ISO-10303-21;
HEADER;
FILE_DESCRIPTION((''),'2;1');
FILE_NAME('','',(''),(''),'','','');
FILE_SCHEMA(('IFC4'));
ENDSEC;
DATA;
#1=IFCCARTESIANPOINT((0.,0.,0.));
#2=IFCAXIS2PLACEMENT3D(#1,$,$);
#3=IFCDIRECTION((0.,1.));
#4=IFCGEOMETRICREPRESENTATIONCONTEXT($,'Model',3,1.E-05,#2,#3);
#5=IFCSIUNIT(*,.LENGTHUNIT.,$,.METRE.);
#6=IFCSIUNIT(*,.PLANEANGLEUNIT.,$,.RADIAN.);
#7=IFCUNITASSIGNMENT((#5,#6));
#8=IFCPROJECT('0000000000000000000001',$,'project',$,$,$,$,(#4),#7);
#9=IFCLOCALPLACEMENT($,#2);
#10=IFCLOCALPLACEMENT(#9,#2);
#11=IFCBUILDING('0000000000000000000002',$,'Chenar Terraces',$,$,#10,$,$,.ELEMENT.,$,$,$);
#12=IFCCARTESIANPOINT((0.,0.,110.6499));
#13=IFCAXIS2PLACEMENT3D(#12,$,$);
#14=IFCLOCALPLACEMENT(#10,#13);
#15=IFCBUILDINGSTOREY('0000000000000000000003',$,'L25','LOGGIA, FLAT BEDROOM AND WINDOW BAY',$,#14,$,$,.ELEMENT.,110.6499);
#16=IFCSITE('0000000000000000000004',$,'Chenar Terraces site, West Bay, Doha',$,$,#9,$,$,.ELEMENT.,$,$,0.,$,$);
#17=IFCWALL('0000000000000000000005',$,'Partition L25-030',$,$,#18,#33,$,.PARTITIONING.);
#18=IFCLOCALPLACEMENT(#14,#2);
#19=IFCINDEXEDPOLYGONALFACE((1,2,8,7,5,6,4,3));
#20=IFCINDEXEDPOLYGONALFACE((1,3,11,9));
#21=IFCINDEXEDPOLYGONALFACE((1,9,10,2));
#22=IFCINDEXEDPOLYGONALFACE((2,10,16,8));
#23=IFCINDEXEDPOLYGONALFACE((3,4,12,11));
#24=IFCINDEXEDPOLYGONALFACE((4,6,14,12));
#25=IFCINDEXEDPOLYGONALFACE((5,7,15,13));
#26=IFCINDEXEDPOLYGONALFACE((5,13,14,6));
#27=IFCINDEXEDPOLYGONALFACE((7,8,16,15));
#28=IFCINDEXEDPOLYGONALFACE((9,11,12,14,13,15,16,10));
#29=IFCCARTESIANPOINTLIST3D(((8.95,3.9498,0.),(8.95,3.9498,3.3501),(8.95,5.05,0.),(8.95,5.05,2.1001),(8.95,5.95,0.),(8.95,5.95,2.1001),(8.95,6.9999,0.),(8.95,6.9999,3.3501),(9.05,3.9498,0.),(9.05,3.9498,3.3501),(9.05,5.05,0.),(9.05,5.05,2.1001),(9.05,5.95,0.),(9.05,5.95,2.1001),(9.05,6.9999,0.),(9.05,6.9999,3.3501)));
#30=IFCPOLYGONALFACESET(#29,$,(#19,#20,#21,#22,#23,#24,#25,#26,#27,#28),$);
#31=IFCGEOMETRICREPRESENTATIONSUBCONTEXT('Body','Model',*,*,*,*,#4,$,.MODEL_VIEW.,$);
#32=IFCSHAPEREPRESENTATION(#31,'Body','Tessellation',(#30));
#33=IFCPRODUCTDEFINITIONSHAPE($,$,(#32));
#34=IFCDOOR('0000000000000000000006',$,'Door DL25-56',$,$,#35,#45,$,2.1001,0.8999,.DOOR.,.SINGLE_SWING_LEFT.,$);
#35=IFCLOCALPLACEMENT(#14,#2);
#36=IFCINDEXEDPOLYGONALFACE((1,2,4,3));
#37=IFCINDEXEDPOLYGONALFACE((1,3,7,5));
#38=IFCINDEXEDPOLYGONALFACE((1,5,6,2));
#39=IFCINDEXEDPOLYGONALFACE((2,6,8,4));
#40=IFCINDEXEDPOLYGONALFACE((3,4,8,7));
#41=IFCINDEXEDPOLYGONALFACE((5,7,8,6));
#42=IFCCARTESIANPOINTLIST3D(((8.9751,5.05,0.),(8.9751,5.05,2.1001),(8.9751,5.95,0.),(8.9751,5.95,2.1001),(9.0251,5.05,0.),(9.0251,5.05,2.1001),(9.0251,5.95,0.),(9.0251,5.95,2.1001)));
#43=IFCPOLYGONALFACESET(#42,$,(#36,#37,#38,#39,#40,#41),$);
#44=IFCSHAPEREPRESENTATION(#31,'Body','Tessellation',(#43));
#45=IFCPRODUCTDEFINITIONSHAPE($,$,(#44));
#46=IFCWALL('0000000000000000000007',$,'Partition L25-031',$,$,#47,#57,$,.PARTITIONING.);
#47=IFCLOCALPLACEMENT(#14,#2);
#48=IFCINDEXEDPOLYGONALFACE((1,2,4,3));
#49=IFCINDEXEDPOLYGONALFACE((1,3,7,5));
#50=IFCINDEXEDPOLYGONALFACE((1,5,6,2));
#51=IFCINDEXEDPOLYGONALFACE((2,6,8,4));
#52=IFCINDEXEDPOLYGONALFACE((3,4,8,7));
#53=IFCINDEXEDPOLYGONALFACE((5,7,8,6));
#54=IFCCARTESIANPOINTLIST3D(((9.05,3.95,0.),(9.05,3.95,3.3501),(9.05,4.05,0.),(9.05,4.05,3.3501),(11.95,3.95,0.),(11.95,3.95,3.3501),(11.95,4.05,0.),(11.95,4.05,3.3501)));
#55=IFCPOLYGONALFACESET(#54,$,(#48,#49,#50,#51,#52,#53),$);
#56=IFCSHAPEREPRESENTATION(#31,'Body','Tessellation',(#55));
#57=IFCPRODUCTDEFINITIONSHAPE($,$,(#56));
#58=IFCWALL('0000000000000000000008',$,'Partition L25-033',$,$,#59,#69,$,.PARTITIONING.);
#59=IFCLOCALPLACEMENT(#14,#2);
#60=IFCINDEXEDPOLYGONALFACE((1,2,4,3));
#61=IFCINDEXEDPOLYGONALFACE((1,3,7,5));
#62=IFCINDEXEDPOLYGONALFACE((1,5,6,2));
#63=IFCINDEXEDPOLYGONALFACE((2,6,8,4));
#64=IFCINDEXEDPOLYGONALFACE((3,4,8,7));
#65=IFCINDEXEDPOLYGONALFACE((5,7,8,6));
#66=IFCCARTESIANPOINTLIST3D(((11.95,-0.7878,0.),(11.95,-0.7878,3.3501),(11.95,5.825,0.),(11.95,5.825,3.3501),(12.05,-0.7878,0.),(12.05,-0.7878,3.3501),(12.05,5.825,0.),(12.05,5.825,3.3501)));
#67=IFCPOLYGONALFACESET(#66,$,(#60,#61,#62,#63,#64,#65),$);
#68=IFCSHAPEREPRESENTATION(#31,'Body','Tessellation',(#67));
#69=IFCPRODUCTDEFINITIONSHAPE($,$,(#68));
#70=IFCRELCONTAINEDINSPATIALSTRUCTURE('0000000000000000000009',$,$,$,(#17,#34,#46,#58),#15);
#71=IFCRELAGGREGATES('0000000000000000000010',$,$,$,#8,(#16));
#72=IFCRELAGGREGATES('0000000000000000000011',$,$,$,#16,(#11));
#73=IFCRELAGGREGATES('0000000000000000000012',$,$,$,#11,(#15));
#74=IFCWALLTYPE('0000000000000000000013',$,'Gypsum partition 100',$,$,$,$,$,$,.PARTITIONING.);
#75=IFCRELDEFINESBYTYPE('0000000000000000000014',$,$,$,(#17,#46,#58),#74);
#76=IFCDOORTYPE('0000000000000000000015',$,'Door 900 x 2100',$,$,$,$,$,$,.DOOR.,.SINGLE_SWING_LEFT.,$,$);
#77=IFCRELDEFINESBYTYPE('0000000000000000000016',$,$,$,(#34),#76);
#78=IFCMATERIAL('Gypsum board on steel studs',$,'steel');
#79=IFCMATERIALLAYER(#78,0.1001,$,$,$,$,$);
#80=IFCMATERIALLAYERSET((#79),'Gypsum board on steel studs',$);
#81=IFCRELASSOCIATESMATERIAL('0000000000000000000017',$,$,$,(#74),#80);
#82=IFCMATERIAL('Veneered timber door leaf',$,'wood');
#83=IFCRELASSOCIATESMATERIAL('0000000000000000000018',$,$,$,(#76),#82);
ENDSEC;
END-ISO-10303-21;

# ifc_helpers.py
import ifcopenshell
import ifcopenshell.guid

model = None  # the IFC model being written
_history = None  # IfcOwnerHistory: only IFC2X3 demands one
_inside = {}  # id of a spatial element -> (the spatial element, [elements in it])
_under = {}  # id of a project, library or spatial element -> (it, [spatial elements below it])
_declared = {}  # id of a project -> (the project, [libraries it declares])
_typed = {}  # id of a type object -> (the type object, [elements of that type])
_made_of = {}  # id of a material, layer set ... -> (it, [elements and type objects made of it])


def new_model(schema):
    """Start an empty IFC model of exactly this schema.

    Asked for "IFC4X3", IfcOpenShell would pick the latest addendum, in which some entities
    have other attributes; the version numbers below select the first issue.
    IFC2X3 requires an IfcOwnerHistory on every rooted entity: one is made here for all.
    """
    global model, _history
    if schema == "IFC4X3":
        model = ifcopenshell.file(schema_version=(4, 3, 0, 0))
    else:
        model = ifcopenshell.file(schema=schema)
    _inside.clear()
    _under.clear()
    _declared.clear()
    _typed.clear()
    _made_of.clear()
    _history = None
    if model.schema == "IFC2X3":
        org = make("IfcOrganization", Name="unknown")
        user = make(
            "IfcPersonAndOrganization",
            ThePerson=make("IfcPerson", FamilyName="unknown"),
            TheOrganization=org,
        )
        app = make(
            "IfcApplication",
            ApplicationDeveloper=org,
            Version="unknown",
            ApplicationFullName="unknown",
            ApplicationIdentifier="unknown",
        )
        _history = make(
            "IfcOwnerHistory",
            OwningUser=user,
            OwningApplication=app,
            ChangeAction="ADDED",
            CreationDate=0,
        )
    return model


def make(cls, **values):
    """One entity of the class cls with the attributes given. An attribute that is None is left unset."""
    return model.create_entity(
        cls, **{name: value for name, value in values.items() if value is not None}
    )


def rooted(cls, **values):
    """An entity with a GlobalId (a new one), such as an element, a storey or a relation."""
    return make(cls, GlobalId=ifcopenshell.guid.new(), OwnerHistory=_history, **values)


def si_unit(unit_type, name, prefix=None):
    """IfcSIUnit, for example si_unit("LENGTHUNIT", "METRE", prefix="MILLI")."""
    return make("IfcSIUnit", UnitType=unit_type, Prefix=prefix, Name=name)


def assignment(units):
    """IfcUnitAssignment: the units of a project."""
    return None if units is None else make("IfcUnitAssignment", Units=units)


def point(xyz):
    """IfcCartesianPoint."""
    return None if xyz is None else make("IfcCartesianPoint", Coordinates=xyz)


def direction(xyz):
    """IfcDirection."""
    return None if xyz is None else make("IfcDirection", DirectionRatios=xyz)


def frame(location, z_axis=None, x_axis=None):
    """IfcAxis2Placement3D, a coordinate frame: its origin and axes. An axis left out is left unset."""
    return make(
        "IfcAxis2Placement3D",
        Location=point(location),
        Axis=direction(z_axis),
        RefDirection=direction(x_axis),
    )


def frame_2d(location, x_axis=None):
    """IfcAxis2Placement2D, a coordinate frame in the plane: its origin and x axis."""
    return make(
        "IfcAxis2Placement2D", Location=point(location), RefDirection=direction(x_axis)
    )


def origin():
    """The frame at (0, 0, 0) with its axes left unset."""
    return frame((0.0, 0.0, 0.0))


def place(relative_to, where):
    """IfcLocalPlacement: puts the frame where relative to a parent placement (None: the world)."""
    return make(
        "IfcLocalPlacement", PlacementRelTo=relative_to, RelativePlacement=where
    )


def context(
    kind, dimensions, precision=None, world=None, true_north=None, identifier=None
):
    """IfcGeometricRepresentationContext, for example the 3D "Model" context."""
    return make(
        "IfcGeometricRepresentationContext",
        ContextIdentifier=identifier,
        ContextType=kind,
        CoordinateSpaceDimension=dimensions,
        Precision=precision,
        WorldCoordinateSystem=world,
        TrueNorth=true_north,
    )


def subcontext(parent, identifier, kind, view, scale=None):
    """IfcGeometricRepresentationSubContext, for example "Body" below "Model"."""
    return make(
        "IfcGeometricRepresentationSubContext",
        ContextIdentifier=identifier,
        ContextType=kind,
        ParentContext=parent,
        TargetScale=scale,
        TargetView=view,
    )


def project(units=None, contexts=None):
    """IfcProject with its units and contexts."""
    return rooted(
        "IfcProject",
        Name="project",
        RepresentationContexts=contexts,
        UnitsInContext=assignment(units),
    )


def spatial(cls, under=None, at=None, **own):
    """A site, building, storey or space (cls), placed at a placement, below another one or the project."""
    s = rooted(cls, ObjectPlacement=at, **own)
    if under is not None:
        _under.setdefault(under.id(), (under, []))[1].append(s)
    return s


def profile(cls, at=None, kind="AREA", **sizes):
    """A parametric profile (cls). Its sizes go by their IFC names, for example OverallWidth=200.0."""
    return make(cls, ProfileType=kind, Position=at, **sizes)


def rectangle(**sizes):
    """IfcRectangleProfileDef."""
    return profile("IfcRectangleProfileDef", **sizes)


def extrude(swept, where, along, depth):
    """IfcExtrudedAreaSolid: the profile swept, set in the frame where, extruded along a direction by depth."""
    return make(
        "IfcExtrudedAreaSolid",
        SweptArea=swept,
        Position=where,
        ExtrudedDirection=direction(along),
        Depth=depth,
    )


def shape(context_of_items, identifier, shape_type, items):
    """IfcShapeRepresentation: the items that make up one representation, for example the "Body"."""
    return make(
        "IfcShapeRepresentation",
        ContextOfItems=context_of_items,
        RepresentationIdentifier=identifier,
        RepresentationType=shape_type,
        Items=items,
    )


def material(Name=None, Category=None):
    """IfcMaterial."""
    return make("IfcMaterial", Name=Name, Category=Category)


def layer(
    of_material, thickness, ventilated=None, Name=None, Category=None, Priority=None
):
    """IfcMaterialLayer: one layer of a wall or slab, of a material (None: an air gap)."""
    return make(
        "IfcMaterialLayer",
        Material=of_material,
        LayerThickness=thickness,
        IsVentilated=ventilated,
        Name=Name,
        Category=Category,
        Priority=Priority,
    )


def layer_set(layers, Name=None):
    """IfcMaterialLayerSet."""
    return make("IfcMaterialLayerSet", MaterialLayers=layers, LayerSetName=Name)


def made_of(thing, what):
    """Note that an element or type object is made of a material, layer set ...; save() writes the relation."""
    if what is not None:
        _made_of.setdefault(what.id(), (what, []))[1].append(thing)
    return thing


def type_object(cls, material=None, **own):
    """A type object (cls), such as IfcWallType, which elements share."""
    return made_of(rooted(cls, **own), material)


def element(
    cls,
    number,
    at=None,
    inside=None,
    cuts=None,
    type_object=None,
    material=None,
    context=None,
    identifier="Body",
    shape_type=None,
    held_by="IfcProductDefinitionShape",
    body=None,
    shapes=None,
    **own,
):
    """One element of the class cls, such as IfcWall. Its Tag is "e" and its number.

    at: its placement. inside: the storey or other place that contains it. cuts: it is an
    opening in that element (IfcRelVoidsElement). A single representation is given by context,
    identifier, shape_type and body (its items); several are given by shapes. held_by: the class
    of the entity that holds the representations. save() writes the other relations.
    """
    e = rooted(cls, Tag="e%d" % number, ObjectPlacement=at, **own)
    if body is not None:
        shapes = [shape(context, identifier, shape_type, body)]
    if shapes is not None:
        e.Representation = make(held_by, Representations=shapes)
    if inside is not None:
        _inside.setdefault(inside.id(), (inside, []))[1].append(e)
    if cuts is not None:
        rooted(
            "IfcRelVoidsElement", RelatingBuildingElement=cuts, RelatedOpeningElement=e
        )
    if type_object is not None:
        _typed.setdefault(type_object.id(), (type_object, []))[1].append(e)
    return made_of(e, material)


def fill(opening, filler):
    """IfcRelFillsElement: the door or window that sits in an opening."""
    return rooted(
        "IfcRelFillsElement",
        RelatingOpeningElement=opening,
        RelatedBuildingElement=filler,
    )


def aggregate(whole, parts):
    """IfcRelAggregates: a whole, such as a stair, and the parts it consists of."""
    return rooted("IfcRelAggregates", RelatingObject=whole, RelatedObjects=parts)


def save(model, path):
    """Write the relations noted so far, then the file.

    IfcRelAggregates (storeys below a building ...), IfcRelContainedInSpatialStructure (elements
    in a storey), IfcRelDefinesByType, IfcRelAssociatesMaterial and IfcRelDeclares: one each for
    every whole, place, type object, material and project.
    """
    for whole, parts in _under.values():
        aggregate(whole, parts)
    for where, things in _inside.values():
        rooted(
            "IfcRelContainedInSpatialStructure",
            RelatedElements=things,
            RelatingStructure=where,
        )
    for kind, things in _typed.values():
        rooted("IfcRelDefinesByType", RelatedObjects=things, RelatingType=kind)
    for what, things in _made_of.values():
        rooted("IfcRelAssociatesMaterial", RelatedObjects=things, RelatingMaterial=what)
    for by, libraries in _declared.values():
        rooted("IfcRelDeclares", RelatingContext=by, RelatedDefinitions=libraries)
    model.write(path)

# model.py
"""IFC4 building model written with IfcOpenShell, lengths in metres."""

from ifc_helpers import new_model, si_unit, direction, frame, frame_2d, origin, place, context, subcontext, project, spatial, rectangle, extrude, material, layer, layer_set, type_object, element, fill, save


model = new_model("IFC4")

# Units and contexts
model_context = context("Model", 3, precision=1e-05, world=origin(), true_north=direction((0.0, 1.0)))
body_context = subcontext(model_context, "Body", "Model", "MODEL_VIEW")
ifc_project = project(units=[si_unit("LENGTHUNIT", "METRE"), si_unit("PLANEANGLEUNIT", "RADIAN")], contexts=[model_context])

# Site, building, storey
site_placement = place(None, origin())
site = spatial("IfcSite", under=ifc_project, at=site_placement, Name="Chenar Terraces site, West Bay, Doha", CompositionType="ELEMENT", RefElevation=0.0)
building_placement = place(site_placement, origin())
building = spatial("IfcBuilding", under=site, at=building_placement, Name="Chenar Terraces", CompositionType="ELEMENT")
storey_placement = place(building_placement, frame((0.0, 0.0, 110.6499)))
storey = spatial("IfcBuildingStorey", under=building, at=storey_placement, Name="L25", Description="LOGGIA, FLAT BEDROOM AND WINDOW BAY", CompositionType="ELEMENT", Elevation=110.6499)

# Wall, opening, door
ifc_material_1 = material(Name="Gypsum board on steel studs", Category="steel")
ifc_layer_1 = layer(ifc_material_1, 0.1001)
ifc_layer_set_1 = layer_set([ifc_layer_1], Name="Gypsum board on steel studs")
wall_type = type_object("IfcWallType", Name="Gypsum partition 100", PredefinedType="PARTITIONING", material=ifc_layer_set_1)
wall_1_placement = place(storey_placement, frame((9.0, 3.95, 0.0), z_axis=(0.0, 0.0, 1.0), x_axis=(0.0, 1.0, 0.0)))
wall_1 = element("IfcWall", 1, at=wall_1_placement, inside=storey, type_object=wall_type, Name="Partition L25-030", PredefinedType="PARTITIONING", context=body_context, shape_type="SweptSolid", body=[
    extrude(rectangle(XDim=3.05, YDim=0.1001, at=frame_2d((1.5249, 0.0))), origin(), (0.0, 0.0, 1.0), 3.3501),
])
opening_placement = place(wall_1_placement, frame((1.1001, 0.0, 0.0)))
opening = element("IfcOpeningElement", 2, at=opening_placement, cuts=wall_1, PredefinedType="OPENING", context=body_context, shape_type="SweptSolid", body=[
    extrude(rectangle(XDim=0.8999, YDim=2.1001, at=frame_2d((0.45, 1.05))), frame((0.0, 0.0601, 0.0), z_axis=(0.0, -1.0, 0.0), x_axis=(1.0, 0.0, 0.0)), (0.0, 0.0, 1.0), 0.1201),
])
ifc_material_2 = material(Name="Veneered timber door leaf", Category="wood")
door_type = type_object("IfcDoorType", Name="Door 900 x 2100", OperationType="SINGLE_SWING_LEFT", PredefinedType="DOOR", material=ifc_material_2)
door_placement = place(opening_placement, origin())
door = element("IfcDoor", 3, at=door_placement, inside=storey, type_object=door_type, Name="Door DL25-56", OperationType="SINGLE_SWING_LEFT", OverallHeight=2.1001, OverallWidth=0.8999, PredefinedType="DOOR", context=body_context, shape_type="SweptSolid", body=[
    extrude(rectangle(XDim=0.8999, YDim=2.1001, at=frame_2d((0.45, 1.05))), frame((0.0, 0.0249, 0.0), z_axis=(0.0, -1.0, 0.0), x_axis=(1.0, 0.0, 0.0)), (0.0, 0.0, 1.0), 0.05),
])
fill(opening, door)

# Walls
wall_2_placement = place(storey_placement, frame((9.05, 4.0, 0.0), z_axis=(0.0, 0.0, 1.0), x_axis=(1.0, 0.0, 0.0)))
element("IfcWall", 4, at=wall_2_placement, inside=storey, type_object=wall_type, Name="Partition L25-031", PredefinedType="PARTITIONING", context=body_context, shape_type="SweptSolid", body=[
    extrude(rectangle(XDim=2.8999, YDim=0.1001, at=frame_2d((1.45, 0.0))), origin(), (0.0, 0.0, 1.0), 3.3501),
])
wall_3_placement = place(storey_placement, frame((12.0, -0.7878, 0.0), z_axis=(0.0, 0.0, 1.0), x_axis=(0.0, 1.0, 0.0)))
element("IfcWall", 5, at=wall_3_placement, inside=storey, type_object=wall_type, Name="Partition L25-033", PredefinedType="PARTITIONING", context=body_context, shape_type="SweptSolid", body=[
    extrude(rectangle(XDim=6.6128, YDim=0.1001, at=frame_2d((3.3064, 0.0))), origin(), (0.0, 0.0, 1.0), 3.3501),
])

save(model, "model.ifc")
